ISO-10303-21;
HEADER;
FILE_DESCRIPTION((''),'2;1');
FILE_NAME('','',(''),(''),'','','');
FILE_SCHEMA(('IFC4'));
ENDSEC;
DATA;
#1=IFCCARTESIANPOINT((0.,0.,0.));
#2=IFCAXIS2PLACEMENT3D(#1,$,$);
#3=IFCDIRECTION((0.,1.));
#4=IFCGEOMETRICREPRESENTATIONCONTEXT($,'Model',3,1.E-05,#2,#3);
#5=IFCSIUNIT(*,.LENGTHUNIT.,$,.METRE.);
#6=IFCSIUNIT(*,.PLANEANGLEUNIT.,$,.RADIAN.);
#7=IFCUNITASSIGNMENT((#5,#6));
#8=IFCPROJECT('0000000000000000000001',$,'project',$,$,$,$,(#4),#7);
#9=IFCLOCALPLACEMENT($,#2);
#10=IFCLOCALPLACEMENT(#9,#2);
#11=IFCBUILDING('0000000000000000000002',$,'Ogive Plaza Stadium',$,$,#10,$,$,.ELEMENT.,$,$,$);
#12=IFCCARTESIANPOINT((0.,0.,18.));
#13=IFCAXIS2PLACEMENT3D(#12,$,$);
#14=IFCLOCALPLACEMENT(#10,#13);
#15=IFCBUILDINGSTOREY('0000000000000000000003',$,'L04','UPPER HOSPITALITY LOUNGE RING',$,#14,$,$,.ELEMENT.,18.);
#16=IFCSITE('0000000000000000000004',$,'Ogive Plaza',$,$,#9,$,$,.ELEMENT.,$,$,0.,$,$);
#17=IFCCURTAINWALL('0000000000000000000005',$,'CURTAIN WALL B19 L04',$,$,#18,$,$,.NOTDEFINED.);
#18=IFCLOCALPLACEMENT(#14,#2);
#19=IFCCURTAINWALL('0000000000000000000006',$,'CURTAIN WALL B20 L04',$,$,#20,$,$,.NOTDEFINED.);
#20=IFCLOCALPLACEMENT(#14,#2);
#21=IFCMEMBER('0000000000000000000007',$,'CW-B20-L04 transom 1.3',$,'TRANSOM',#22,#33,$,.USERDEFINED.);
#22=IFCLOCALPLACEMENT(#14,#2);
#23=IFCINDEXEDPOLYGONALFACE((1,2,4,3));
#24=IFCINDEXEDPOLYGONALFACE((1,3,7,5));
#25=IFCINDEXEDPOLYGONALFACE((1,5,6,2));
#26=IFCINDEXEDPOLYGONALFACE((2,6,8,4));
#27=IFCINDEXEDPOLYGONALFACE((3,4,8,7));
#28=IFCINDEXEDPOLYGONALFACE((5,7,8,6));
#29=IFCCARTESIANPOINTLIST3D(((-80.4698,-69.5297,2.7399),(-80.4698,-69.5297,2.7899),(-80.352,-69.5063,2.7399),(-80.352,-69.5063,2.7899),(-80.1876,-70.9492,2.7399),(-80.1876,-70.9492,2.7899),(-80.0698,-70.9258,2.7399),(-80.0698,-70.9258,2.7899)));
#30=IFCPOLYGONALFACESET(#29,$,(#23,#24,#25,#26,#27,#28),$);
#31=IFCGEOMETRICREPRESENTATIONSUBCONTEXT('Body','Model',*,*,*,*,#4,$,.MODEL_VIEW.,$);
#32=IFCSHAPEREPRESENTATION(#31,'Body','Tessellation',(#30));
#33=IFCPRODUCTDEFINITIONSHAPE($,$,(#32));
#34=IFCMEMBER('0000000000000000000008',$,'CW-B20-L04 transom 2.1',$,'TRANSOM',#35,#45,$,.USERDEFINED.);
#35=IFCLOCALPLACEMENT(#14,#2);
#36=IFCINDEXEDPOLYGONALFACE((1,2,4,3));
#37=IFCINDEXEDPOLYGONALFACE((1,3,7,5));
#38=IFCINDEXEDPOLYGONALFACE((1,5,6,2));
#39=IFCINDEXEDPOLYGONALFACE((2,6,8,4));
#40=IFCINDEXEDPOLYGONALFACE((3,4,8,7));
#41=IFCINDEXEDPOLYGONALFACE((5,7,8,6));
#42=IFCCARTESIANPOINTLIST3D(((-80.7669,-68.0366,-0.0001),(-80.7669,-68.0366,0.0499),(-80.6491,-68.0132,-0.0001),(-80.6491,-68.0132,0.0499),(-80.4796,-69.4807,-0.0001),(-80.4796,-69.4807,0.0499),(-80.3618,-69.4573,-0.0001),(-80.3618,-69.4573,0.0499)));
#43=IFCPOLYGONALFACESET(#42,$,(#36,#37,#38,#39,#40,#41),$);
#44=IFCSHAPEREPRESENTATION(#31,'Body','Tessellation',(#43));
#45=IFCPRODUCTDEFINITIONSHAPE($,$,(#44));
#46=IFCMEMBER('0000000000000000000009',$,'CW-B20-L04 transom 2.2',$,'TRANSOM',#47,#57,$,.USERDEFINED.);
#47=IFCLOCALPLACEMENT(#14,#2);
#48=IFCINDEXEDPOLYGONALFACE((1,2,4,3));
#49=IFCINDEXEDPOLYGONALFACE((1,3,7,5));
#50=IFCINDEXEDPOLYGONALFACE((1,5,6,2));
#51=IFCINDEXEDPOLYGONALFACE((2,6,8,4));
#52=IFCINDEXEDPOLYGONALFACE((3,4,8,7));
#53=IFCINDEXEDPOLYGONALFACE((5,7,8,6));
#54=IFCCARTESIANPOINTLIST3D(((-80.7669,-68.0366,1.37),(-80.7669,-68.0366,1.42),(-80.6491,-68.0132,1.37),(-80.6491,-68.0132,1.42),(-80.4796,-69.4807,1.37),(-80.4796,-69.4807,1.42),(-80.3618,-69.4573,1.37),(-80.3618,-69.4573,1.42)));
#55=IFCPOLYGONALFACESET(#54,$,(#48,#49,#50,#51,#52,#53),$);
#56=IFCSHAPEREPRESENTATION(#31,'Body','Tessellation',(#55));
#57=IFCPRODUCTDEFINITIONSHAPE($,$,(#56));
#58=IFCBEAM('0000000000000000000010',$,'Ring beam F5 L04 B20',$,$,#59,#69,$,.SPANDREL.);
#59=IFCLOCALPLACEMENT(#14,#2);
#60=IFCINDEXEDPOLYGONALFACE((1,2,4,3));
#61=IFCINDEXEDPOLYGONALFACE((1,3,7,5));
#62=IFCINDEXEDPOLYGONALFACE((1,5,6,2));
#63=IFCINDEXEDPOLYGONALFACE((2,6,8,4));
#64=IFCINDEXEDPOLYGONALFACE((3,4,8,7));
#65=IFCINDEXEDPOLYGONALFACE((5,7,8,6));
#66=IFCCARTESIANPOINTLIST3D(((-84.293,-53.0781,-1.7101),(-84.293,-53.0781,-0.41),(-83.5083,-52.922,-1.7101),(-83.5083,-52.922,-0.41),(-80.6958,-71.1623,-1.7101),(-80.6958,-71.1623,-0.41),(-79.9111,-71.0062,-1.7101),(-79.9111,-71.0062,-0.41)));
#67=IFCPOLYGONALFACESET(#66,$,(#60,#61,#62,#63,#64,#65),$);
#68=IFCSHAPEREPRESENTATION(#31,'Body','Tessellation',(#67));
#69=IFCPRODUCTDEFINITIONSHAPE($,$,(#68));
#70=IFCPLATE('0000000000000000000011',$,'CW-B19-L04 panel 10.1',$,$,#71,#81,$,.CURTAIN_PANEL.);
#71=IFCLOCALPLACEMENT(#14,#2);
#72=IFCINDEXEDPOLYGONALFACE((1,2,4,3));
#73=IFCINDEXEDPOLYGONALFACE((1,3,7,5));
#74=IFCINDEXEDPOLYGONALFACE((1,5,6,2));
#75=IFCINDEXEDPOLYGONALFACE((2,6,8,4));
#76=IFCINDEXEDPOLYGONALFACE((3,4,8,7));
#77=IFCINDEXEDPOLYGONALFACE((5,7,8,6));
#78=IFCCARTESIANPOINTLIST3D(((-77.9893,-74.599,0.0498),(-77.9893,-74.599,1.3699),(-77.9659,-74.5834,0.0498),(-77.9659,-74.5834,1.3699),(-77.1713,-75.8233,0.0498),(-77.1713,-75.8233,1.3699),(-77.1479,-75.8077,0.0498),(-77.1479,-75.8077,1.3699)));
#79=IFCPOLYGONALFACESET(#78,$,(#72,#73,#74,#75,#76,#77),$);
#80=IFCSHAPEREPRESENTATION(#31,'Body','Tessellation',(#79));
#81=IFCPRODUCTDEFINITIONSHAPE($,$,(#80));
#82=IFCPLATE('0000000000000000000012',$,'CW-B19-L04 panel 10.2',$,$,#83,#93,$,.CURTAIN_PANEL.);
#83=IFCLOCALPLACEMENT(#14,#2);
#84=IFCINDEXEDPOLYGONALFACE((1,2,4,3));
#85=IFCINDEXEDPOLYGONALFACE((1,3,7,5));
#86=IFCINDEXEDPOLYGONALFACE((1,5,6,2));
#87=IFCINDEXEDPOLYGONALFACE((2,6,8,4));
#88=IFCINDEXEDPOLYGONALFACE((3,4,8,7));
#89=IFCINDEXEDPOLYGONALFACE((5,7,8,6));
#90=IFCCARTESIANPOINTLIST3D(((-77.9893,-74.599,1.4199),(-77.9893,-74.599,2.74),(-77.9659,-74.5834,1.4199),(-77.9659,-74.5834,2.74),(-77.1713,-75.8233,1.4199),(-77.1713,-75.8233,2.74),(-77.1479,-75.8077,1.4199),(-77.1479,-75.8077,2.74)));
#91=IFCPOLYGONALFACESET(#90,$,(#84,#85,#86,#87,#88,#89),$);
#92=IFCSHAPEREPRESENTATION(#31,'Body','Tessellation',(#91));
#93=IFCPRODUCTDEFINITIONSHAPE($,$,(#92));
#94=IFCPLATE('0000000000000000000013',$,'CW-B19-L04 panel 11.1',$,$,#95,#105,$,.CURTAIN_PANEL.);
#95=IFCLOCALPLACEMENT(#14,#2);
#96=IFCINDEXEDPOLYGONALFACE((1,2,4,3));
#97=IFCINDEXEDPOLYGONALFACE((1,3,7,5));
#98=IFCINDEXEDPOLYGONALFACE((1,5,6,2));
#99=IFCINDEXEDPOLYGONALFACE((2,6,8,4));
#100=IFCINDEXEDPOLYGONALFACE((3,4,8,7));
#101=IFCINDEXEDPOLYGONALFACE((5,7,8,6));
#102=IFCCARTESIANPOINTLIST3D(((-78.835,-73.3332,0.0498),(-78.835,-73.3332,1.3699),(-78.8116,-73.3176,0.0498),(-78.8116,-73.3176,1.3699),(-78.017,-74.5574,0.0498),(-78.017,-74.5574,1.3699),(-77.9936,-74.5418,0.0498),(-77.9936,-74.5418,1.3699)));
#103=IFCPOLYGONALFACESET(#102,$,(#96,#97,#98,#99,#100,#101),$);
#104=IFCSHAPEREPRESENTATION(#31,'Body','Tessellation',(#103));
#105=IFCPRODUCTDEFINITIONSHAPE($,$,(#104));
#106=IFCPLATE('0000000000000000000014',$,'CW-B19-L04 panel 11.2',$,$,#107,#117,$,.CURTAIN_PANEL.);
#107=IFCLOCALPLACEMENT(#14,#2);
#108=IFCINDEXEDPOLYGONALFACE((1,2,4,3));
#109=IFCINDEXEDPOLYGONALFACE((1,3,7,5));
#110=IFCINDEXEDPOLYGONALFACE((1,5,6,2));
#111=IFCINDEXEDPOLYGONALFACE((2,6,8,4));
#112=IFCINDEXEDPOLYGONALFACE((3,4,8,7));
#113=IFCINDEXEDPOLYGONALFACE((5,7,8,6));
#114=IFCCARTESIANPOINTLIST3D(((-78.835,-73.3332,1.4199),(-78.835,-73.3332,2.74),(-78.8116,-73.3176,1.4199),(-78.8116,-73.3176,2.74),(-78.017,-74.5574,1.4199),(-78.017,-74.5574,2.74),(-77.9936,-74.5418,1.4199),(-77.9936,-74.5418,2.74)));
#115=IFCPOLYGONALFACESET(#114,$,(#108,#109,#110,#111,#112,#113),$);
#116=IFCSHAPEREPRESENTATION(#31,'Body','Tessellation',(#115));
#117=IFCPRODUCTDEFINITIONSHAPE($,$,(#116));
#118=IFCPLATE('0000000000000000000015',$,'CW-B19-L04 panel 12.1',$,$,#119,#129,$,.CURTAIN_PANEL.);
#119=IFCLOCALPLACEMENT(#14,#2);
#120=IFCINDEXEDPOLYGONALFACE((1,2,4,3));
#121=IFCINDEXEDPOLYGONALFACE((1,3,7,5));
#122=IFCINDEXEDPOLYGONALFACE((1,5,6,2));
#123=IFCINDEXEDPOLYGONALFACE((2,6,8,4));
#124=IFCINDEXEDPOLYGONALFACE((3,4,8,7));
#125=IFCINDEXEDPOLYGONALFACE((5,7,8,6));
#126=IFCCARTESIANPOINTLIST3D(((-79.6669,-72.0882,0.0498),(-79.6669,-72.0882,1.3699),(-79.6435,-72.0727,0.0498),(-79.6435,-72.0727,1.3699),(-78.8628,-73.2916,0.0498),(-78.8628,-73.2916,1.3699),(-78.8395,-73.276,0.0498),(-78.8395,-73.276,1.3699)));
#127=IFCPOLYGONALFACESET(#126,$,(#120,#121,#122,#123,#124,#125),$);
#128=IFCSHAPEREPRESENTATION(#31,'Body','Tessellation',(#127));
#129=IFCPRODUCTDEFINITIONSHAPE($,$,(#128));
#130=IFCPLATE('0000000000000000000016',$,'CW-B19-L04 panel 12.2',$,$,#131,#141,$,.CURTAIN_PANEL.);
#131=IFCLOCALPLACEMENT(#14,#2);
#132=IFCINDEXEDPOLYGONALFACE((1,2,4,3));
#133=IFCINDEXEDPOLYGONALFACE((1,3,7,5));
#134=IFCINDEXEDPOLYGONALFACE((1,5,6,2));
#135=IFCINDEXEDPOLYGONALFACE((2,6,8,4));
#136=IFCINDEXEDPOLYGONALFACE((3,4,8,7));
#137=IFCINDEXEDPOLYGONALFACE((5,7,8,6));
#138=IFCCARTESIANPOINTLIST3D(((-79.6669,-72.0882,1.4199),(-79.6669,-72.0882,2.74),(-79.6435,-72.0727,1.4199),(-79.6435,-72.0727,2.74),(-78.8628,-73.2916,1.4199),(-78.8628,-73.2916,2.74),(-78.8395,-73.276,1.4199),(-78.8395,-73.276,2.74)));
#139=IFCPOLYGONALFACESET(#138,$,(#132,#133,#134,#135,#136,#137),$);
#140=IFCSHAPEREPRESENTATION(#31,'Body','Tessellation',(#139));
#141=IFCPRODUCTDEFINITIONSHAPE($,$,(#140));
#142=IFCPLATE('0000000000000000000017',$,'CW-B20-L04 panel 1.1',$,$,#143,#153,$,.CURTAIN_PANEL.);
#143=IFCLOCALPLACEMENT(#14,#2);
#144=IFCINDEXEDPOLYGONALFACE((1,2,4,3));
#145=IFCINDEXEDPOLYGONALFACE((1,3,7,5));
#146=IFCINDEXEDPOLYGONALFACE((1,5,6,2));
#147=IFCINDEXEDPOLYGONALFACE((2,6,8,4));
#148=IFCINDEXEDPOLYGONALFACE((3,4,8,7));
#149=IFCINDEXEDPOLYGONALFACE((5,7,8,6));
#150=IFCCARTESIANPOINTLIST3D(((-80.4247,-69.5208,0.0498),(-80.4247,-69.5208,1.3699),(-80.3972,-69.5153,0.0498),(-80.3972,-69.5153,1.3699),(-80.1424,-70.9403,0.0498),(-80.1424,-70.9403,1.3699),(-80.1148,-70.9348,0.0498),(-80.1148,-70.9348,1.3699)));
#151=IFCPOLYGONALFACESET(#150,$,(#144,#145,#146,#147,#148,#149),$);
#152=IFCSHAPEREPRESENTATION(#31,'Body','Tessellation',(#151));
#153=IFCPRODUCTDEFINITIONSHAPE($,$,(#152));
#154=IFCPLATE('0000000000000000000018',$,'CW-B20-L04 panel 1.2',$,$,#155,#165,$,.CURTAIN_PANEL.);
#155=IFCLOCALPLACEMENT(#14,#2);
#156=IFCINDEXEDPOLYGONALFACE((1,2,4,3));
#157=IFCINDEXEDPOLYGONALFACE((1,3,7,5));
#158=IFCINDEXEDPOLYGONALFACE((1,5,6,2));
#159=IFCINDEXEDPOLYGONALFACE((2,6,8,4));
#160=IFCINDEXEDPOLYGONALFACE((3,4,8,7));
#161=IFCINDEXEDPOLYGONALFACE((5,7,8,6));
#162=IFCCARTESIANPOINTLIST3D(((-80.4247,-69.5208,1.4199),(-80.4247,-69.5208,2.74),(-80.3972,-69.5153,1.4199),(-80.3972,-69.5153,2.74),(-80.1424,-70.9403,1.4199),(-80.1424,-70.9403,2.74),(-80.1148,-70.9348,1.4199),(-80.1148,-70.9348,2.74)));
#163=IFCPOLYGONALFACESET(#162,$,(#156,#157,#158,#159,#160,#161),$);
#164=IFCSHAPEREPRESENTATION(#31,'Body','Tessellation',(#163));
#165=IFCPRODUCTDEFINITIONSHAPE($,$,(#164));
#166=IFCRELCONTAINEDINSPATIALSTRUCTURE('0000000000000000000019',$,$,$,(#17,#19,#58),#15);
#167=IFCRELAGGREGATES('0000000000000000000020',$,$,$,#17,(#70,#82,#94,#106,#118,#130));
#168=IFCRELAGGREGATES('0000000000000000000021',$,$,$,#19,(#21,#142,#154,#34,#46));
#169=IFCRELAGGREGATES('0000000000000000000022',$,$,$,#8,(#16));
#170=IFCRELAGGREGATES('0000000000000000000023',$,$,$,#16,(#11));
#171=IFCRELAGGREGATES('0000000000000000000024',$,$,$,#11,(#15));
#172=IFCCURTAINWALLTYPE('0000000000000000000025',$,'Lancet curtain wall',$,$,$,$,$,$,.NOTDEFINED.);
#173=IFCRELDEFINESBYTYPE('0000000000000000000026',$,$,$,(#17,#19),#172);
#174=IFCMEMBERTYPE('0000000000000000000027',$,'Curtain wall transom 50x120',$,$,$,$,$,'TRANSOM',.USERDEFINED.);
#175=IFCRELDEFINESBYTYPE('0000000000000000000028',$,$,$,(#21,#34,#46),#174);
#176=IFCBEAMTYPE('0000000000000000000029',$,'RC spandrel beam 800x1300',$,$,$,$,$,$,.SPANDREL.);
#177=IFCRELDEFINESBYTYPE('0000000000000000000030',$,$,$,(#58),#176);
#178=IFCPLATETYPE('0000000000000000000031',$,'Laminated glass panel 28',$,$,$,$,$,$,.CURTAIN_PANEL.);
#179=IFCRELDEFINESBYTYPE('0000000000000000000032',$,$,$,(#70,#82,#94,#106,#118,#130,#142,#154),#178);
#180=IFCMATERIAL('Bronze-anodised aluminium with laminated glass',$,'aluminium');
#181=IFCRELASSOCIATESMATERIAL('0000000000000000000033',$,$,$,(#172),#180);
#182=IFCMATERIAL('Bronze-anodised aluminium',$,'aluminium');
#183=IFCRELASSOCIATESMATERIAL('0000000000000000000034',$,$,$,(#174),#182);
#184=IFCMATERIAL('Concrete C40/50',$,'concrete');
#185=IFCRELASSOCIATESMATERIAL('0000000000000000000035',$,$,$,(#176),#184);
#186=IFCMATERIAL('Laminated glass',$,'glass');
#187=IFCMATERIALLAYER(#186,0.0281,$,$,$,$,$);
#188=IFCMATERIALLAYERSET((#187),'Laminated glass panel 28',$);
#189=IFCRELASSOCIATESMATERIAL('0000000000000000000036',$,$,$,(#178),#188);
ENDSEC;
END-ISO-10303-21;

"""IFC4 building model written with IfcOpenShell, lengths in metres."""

from ifc_helpers import new_model, si_unit, direction, frame, origin, origin_2d, place, context, subcontext, project, spatial, rectangle, extrude, material, layer, layer_set, material_profile, profile_set, type_object, element, aggregate, save


model = new_model("IFC4")

# Units and contexts
model_context = context("Model", 3, precision=1e-05, world=origin(), true_north=direction((0.0, 1.0)))
body_context = subcontext(model_context, "Body", "Model", "MODEL_VIEW")
ifc_project = project(units=[si_unit("LENGTHUNIT", "METRE"), si_unit("PLANEANGLEUNIT", "RADIAN")], contexts=[model_context])

# Site, building, storey
site_placement = place(None, origin())
site = spatial("IfcSite", under=ifc_project, at=site_placement, Name="Ogive Plaza", CompositionType="ELEMENT", RefElevation=0.0)
building_placement = place(site_placement, origin())
building = spatial("IfcBuilding", under=site, at=building_placement, Name="Ogive Plaza Stadium", CompositionType="ELEMENT")
storey_placement = place(building_placement, frame((0.0, 0.0, 18.0)))
storey = spatial("IfcBuildingStorey", under=building, at=storey_placement, Name="L04", Description="UPPER HOSPITALITY LOUNGE RING", CompositionType="ELEMENT", Elevation=18.0)

# Curtain walls
ifc_material_1 = material(Name="Bronze-anodised aluminium with laminated glass", Category="aluminium")
curtain_wall_type = type_object("IfcCurtainWallType", Name="Lancet curtain wall", PredefinedType="NOTDEFINED", material=ifc_material_1)
curtain_wall_1_placement = place(storey_placement, origin())
curtain_wall_1 = element("IfcCurtainWall", 1, at=curtain_wall_1_placement, inside=storey, type_object=curtain_wall_type, Name="CURTAIN WALL B19 L04", PredefinedType="NOTDEFINED")
curtain_wall_2_placement = place(storey_placement, origin())
curtain_wall_2 = element("IfcCurtainWall", 2, at=curtain_wall_2_placement, inside=storey, type_object=curtain_wall_type, Name="CURTAIN WALL B20 L04", PredefinedType="NOTDEFINED")

# Members
ifc_material_2 = material(Name="Bronze-anodised aluminium", Category="aluminium")
ifc_material_profile_1 = material_profile(ifc_material_2, rectangle(XDim=0.1201, YDim=0.05, at=origin_2d()), Name="AL 120x50")
ifc_profile_set_1 = profile_set([ifc_material_profile_1], Name="Bronze-anodised aluminium")
member_type_1 = type_object("IfcMemberType", Name="Curtain wall transom 50x120", ElementType="TRANSOM", PredefinedType="USERDEFINED", material=ifc_profile_set_1)
member_1_placement = place(storey_placement, frame((-80.1287, -70.9375, 2.7649), z_axis=(-0.195013, 0.980801, 0.0), x_axis=(-0.980801, -0.195013, 0.0)))
member_1 = element("IfcMember", 3, at=member_1_placement, type_object=member_type_1, Name="CW-B20-L04 transom 1.3", ObjectType="TRANSOM", PredefinedType="USERDEFINED", context=body_context, shape_type="SweptSolid", body=[
    extrude(rectangle(XDim=0.1201, YDim=0.05, at=origin_2d()), origin(), (0.0, 0.0, 1.0), 1.4473),
])
member_2_placement = place(storey_placement, frame((-80.4207, -69.469, 0.0249), z_axis=(-0.195159, 0.980772, 0.0), x_axis=(-0.980772, -0.195159, 0.0)))
member_2 = element("IfcMember", 4, at=member_2_placement, type_object=member_type_1, Name="CW-B20-L04 transom 2.1", ObjectType="TRANSOM", PredefinedType="USERDEFINED", context=body_context, shape_type="SweptSolid", body=[
    extrude(rectangle(XDim=0.1201, YDim=0.05, at=origin_2d()), origin(), (0.0, 0.0, 1.0), 1.4724),
])
member_3_placement = place(storey_placement, frame((-80.4207, -69.469, 1.395), z_axis=(-0.195159, 0.980772, 0.0), x_axis=(-0.980772, -0.195159, 0.0)))
member_3 = element("IfcMember", 5, at=member_3_placement, type_object=member_type_1, Name="CW-B20-L04 transom 2.2", ObjectType="TRANSOM", PredefinedType="USERDEFINED", context=body_context, shape_type="SweptSolid", body=[
    extrude(rectangle(XDim=0.1201, YDim=0.05, at=origin_2d()), origin(), (0.0, 0.0, 1.0), 1.4724),
])

# Beam
ifc_material_3 = material(Name="Concrete C40/50", Category="concrete")
ifc_material_profile_2 = material_profile(ifc_material_3, rectangle(XDim=0.8, YDim=1.3, at=origin_2d()), Name="RC 800x1300")
ifc_profile_set_2 = profile_set([ifc_material_profile_2], Name="Concrete C40/50")
beam_type = type_object("IfcBeamType", Name="RC spandrel beam 800x1300", PredefinedType="SPANDREL", material=ifc_profile_set_2)
beam_placement = place(storey_placement, frame((-80.3035, -71.0842, -1.0601), z_axis=(-0.19509, 0.980785, 0.0), x_axis=(-0.980785, -0.19509, 0.0)))
element("IfcBeam", 6, at=beam_placement, inside=storey, type_object=beam_type, Name="Ring beam F5 L04 B20", PredefinedType="SPANDREL", context=body_context, shape_type="SweptSolid", body=[
    extrude(rectangle(XDim=0.8, YDim=1.3, at=origin_2d()), origin(), (0.0, 0.0, 1.0), 18.4385),
])

# Plates
ifc_material_4 = material(Name="Laminated glass", Category="glass")
ifc_layer = layer(ifc_material_4, 0.0281)
ifc_layer_set = layer_set([ifc_layer], Name="Laminated glass panel 28")
plate_type = type_object("IfcPlateType", Name="Laminated glass panel 28", PredefinedType="CURTAIN_PANEL", material=ifc_layer_set)
plate_1_placement = place(storey_placement, frame((-77.5686, -75.2034, 0.0498), z_axis=(0.0, 0.0, 1.0), x_axis=(-0.55557, 0.83147, 0.0)))
plate_1 = element("IfcPlate", 7, at=plate_1_placement, type_object=plate_type, Name="CW-B19-L04 panel 10.1", PredefinedType="CURTAIN_PANEL", context=body_context, shape_type="SweptSolid", body=[
    extrude(rectangle(XDim=1.4724, YDim=0.0281, at=origin_2d()), origin(), (0.0, 0.0, 1.0), 1.3201),
])
plate_2_placement = place(storey_placement, frame((-77.5686, -75.2034, 1.4199), z_axis=(0.0, 0.0, 1.0), x_axis=(-0.55557, 0.83147, 0.0)))
plate_2 = element("IfcPlate", 8, at=plate_2_placement, type_object=plate_type, Name="CW-B19-L04 panel 10.2", PredefinedType="CURTAIN_PANEL", context=body_context, shape_type="SweptSolid", body=[
    extrude(rectangle(XDim=1.4724, YDim=0.0281, at=origin_2d()), origin(), (0.0, 0.0, 1.0), 1.3201),
])
plate_3_placement = place(storey_placement, frame((-78.4143, -73.9375, 0.0498), z_axis=(0.0, 0.0, 1.0), x_axis=(-0.55557, 0.83147, 0.0)))
plate_3 = element("IfcPlate", 9, at=plate_3_placement, type_object=plate_type, Name="CW-B19-L04 panel 11.1", PredefinedType="CURTAIN_PANEL", context=body_context, shape_type="SweptSolid", body=[
    extrude(rectangle(XDim=1.4724, YDim=0.0281, at=origin_2d()), origin(), (0.0, 0.0, 1.0), 1.3201),
])
plate_4_placement = place(storey_placement, frame((-78.4143, -73.9375, 1.4199), z_axis=(0.0, 0.0, 1.0), x_axis=(-0.55557, 0.83147, 0.0)))
plate_4 = element("IfcPlate", 10, at=plate_4_placement, type_object=plate_type, Name="CW-B19-L04 panel 11.2", PredefinedType="CURTAIN_PANEL", context=body_context, shape_type="SweptSolid", body=[
    extrude(rectangle(XDim=1.4724, YDim=0.0281, at=origin_2d()), origin(), (0.0, 0.0, 1.0), 1.3201),
])
plate_5_placement = place(storey_placement, frame((-79.2532, -72.6821, 0.0498), z_axis=(0.0, 0.0, 1.0), x_axis=(-0.55557, 0.83147, 0.0)))
plate_5 = element("IfcPlate", 11, at=plate_5_placement, type_object=plate_type, Name="CW-B19-L04 panel 12.1", PredefinedType="CURTAIN_PANEL", context=body_context, shape_type="SweptSolid", body=[
    extrude(rectangle(XDim=1.4473, YDim=0.0281, at=origin_2d()), origin(), (0.0, 0.0, 1.0), 1.3201),
])
plate_6_placement = place(storey_placement, frame((-79.2532, -72.6821, 1.4199), z_axis=(0.0, 0.0, 1.0), x_axis=(-0.55557, 0.83147, 0.0)))
plate_6 = element("IfcPlate", 12, at=plate_6_placement, type_object=plate_type, Name="CW-B19-L04 panel 12.2", PredefinedType="CURTAIN_PANEL", context=body_context, shape_type="SweptSolid", body=[
    extrude(rectangle(XDim=1.4473, YDim=0.0281, at=origin_2d()), origin(), (0.0, 0.0, 1.0), 1.3201),
])
aggregate(curtain_wall_1, [plate_1, plate_2, plate_3, plate_4, plate_5, plate_6])
plate_7_placement = place(storey_placement, frame((-80.2698, -70.2278, 0.0498), z_axis=(0.0, 0.0, 1.0), x_axis=(-0.19509, 0.980785, 0.0)))
plate_7 = element("IfcPlate", 13, at=plate_7_placement, type_object=plate_type, Name="CW-B20-L04 panel 1.1", PredefinedType="CURTAIN_PANEL", context=body_context, shape_type="SweptSolid", body=[
    extrude(rectangle(XDim=1.4473, YDim=0.0281, at=origin_2d()), origin(), (0.0, 0.0, 1.0), 1.3201),
])
plate_8_placement = place(storey_placement, frame((-80.2698, -70.2278, 1.4199), z_axis=(0.0, 0.0, 1.0), x_axis=(-0.19509, 0.980785, 0.0)))
plate_8 = element("IfcPlate", 14, at=plate_8_placement, type_object=plate_type, Name="CW-B20-L04 panel 1.2", PredefinedType="CURTAIN_PANEL", context=body_context, shape_type="SweptSolid", body=[
    extrude(rectangle(XDim=1.4473, YDim=0.0281, at=origin_2d()), origin(), (0.0, 0.0, 1.0), 1.3201),
])
aggregate(curtain_wall_2, [member_1, plate_7, plate_8, member_2, member_3])

save(model, "model.ifc")
